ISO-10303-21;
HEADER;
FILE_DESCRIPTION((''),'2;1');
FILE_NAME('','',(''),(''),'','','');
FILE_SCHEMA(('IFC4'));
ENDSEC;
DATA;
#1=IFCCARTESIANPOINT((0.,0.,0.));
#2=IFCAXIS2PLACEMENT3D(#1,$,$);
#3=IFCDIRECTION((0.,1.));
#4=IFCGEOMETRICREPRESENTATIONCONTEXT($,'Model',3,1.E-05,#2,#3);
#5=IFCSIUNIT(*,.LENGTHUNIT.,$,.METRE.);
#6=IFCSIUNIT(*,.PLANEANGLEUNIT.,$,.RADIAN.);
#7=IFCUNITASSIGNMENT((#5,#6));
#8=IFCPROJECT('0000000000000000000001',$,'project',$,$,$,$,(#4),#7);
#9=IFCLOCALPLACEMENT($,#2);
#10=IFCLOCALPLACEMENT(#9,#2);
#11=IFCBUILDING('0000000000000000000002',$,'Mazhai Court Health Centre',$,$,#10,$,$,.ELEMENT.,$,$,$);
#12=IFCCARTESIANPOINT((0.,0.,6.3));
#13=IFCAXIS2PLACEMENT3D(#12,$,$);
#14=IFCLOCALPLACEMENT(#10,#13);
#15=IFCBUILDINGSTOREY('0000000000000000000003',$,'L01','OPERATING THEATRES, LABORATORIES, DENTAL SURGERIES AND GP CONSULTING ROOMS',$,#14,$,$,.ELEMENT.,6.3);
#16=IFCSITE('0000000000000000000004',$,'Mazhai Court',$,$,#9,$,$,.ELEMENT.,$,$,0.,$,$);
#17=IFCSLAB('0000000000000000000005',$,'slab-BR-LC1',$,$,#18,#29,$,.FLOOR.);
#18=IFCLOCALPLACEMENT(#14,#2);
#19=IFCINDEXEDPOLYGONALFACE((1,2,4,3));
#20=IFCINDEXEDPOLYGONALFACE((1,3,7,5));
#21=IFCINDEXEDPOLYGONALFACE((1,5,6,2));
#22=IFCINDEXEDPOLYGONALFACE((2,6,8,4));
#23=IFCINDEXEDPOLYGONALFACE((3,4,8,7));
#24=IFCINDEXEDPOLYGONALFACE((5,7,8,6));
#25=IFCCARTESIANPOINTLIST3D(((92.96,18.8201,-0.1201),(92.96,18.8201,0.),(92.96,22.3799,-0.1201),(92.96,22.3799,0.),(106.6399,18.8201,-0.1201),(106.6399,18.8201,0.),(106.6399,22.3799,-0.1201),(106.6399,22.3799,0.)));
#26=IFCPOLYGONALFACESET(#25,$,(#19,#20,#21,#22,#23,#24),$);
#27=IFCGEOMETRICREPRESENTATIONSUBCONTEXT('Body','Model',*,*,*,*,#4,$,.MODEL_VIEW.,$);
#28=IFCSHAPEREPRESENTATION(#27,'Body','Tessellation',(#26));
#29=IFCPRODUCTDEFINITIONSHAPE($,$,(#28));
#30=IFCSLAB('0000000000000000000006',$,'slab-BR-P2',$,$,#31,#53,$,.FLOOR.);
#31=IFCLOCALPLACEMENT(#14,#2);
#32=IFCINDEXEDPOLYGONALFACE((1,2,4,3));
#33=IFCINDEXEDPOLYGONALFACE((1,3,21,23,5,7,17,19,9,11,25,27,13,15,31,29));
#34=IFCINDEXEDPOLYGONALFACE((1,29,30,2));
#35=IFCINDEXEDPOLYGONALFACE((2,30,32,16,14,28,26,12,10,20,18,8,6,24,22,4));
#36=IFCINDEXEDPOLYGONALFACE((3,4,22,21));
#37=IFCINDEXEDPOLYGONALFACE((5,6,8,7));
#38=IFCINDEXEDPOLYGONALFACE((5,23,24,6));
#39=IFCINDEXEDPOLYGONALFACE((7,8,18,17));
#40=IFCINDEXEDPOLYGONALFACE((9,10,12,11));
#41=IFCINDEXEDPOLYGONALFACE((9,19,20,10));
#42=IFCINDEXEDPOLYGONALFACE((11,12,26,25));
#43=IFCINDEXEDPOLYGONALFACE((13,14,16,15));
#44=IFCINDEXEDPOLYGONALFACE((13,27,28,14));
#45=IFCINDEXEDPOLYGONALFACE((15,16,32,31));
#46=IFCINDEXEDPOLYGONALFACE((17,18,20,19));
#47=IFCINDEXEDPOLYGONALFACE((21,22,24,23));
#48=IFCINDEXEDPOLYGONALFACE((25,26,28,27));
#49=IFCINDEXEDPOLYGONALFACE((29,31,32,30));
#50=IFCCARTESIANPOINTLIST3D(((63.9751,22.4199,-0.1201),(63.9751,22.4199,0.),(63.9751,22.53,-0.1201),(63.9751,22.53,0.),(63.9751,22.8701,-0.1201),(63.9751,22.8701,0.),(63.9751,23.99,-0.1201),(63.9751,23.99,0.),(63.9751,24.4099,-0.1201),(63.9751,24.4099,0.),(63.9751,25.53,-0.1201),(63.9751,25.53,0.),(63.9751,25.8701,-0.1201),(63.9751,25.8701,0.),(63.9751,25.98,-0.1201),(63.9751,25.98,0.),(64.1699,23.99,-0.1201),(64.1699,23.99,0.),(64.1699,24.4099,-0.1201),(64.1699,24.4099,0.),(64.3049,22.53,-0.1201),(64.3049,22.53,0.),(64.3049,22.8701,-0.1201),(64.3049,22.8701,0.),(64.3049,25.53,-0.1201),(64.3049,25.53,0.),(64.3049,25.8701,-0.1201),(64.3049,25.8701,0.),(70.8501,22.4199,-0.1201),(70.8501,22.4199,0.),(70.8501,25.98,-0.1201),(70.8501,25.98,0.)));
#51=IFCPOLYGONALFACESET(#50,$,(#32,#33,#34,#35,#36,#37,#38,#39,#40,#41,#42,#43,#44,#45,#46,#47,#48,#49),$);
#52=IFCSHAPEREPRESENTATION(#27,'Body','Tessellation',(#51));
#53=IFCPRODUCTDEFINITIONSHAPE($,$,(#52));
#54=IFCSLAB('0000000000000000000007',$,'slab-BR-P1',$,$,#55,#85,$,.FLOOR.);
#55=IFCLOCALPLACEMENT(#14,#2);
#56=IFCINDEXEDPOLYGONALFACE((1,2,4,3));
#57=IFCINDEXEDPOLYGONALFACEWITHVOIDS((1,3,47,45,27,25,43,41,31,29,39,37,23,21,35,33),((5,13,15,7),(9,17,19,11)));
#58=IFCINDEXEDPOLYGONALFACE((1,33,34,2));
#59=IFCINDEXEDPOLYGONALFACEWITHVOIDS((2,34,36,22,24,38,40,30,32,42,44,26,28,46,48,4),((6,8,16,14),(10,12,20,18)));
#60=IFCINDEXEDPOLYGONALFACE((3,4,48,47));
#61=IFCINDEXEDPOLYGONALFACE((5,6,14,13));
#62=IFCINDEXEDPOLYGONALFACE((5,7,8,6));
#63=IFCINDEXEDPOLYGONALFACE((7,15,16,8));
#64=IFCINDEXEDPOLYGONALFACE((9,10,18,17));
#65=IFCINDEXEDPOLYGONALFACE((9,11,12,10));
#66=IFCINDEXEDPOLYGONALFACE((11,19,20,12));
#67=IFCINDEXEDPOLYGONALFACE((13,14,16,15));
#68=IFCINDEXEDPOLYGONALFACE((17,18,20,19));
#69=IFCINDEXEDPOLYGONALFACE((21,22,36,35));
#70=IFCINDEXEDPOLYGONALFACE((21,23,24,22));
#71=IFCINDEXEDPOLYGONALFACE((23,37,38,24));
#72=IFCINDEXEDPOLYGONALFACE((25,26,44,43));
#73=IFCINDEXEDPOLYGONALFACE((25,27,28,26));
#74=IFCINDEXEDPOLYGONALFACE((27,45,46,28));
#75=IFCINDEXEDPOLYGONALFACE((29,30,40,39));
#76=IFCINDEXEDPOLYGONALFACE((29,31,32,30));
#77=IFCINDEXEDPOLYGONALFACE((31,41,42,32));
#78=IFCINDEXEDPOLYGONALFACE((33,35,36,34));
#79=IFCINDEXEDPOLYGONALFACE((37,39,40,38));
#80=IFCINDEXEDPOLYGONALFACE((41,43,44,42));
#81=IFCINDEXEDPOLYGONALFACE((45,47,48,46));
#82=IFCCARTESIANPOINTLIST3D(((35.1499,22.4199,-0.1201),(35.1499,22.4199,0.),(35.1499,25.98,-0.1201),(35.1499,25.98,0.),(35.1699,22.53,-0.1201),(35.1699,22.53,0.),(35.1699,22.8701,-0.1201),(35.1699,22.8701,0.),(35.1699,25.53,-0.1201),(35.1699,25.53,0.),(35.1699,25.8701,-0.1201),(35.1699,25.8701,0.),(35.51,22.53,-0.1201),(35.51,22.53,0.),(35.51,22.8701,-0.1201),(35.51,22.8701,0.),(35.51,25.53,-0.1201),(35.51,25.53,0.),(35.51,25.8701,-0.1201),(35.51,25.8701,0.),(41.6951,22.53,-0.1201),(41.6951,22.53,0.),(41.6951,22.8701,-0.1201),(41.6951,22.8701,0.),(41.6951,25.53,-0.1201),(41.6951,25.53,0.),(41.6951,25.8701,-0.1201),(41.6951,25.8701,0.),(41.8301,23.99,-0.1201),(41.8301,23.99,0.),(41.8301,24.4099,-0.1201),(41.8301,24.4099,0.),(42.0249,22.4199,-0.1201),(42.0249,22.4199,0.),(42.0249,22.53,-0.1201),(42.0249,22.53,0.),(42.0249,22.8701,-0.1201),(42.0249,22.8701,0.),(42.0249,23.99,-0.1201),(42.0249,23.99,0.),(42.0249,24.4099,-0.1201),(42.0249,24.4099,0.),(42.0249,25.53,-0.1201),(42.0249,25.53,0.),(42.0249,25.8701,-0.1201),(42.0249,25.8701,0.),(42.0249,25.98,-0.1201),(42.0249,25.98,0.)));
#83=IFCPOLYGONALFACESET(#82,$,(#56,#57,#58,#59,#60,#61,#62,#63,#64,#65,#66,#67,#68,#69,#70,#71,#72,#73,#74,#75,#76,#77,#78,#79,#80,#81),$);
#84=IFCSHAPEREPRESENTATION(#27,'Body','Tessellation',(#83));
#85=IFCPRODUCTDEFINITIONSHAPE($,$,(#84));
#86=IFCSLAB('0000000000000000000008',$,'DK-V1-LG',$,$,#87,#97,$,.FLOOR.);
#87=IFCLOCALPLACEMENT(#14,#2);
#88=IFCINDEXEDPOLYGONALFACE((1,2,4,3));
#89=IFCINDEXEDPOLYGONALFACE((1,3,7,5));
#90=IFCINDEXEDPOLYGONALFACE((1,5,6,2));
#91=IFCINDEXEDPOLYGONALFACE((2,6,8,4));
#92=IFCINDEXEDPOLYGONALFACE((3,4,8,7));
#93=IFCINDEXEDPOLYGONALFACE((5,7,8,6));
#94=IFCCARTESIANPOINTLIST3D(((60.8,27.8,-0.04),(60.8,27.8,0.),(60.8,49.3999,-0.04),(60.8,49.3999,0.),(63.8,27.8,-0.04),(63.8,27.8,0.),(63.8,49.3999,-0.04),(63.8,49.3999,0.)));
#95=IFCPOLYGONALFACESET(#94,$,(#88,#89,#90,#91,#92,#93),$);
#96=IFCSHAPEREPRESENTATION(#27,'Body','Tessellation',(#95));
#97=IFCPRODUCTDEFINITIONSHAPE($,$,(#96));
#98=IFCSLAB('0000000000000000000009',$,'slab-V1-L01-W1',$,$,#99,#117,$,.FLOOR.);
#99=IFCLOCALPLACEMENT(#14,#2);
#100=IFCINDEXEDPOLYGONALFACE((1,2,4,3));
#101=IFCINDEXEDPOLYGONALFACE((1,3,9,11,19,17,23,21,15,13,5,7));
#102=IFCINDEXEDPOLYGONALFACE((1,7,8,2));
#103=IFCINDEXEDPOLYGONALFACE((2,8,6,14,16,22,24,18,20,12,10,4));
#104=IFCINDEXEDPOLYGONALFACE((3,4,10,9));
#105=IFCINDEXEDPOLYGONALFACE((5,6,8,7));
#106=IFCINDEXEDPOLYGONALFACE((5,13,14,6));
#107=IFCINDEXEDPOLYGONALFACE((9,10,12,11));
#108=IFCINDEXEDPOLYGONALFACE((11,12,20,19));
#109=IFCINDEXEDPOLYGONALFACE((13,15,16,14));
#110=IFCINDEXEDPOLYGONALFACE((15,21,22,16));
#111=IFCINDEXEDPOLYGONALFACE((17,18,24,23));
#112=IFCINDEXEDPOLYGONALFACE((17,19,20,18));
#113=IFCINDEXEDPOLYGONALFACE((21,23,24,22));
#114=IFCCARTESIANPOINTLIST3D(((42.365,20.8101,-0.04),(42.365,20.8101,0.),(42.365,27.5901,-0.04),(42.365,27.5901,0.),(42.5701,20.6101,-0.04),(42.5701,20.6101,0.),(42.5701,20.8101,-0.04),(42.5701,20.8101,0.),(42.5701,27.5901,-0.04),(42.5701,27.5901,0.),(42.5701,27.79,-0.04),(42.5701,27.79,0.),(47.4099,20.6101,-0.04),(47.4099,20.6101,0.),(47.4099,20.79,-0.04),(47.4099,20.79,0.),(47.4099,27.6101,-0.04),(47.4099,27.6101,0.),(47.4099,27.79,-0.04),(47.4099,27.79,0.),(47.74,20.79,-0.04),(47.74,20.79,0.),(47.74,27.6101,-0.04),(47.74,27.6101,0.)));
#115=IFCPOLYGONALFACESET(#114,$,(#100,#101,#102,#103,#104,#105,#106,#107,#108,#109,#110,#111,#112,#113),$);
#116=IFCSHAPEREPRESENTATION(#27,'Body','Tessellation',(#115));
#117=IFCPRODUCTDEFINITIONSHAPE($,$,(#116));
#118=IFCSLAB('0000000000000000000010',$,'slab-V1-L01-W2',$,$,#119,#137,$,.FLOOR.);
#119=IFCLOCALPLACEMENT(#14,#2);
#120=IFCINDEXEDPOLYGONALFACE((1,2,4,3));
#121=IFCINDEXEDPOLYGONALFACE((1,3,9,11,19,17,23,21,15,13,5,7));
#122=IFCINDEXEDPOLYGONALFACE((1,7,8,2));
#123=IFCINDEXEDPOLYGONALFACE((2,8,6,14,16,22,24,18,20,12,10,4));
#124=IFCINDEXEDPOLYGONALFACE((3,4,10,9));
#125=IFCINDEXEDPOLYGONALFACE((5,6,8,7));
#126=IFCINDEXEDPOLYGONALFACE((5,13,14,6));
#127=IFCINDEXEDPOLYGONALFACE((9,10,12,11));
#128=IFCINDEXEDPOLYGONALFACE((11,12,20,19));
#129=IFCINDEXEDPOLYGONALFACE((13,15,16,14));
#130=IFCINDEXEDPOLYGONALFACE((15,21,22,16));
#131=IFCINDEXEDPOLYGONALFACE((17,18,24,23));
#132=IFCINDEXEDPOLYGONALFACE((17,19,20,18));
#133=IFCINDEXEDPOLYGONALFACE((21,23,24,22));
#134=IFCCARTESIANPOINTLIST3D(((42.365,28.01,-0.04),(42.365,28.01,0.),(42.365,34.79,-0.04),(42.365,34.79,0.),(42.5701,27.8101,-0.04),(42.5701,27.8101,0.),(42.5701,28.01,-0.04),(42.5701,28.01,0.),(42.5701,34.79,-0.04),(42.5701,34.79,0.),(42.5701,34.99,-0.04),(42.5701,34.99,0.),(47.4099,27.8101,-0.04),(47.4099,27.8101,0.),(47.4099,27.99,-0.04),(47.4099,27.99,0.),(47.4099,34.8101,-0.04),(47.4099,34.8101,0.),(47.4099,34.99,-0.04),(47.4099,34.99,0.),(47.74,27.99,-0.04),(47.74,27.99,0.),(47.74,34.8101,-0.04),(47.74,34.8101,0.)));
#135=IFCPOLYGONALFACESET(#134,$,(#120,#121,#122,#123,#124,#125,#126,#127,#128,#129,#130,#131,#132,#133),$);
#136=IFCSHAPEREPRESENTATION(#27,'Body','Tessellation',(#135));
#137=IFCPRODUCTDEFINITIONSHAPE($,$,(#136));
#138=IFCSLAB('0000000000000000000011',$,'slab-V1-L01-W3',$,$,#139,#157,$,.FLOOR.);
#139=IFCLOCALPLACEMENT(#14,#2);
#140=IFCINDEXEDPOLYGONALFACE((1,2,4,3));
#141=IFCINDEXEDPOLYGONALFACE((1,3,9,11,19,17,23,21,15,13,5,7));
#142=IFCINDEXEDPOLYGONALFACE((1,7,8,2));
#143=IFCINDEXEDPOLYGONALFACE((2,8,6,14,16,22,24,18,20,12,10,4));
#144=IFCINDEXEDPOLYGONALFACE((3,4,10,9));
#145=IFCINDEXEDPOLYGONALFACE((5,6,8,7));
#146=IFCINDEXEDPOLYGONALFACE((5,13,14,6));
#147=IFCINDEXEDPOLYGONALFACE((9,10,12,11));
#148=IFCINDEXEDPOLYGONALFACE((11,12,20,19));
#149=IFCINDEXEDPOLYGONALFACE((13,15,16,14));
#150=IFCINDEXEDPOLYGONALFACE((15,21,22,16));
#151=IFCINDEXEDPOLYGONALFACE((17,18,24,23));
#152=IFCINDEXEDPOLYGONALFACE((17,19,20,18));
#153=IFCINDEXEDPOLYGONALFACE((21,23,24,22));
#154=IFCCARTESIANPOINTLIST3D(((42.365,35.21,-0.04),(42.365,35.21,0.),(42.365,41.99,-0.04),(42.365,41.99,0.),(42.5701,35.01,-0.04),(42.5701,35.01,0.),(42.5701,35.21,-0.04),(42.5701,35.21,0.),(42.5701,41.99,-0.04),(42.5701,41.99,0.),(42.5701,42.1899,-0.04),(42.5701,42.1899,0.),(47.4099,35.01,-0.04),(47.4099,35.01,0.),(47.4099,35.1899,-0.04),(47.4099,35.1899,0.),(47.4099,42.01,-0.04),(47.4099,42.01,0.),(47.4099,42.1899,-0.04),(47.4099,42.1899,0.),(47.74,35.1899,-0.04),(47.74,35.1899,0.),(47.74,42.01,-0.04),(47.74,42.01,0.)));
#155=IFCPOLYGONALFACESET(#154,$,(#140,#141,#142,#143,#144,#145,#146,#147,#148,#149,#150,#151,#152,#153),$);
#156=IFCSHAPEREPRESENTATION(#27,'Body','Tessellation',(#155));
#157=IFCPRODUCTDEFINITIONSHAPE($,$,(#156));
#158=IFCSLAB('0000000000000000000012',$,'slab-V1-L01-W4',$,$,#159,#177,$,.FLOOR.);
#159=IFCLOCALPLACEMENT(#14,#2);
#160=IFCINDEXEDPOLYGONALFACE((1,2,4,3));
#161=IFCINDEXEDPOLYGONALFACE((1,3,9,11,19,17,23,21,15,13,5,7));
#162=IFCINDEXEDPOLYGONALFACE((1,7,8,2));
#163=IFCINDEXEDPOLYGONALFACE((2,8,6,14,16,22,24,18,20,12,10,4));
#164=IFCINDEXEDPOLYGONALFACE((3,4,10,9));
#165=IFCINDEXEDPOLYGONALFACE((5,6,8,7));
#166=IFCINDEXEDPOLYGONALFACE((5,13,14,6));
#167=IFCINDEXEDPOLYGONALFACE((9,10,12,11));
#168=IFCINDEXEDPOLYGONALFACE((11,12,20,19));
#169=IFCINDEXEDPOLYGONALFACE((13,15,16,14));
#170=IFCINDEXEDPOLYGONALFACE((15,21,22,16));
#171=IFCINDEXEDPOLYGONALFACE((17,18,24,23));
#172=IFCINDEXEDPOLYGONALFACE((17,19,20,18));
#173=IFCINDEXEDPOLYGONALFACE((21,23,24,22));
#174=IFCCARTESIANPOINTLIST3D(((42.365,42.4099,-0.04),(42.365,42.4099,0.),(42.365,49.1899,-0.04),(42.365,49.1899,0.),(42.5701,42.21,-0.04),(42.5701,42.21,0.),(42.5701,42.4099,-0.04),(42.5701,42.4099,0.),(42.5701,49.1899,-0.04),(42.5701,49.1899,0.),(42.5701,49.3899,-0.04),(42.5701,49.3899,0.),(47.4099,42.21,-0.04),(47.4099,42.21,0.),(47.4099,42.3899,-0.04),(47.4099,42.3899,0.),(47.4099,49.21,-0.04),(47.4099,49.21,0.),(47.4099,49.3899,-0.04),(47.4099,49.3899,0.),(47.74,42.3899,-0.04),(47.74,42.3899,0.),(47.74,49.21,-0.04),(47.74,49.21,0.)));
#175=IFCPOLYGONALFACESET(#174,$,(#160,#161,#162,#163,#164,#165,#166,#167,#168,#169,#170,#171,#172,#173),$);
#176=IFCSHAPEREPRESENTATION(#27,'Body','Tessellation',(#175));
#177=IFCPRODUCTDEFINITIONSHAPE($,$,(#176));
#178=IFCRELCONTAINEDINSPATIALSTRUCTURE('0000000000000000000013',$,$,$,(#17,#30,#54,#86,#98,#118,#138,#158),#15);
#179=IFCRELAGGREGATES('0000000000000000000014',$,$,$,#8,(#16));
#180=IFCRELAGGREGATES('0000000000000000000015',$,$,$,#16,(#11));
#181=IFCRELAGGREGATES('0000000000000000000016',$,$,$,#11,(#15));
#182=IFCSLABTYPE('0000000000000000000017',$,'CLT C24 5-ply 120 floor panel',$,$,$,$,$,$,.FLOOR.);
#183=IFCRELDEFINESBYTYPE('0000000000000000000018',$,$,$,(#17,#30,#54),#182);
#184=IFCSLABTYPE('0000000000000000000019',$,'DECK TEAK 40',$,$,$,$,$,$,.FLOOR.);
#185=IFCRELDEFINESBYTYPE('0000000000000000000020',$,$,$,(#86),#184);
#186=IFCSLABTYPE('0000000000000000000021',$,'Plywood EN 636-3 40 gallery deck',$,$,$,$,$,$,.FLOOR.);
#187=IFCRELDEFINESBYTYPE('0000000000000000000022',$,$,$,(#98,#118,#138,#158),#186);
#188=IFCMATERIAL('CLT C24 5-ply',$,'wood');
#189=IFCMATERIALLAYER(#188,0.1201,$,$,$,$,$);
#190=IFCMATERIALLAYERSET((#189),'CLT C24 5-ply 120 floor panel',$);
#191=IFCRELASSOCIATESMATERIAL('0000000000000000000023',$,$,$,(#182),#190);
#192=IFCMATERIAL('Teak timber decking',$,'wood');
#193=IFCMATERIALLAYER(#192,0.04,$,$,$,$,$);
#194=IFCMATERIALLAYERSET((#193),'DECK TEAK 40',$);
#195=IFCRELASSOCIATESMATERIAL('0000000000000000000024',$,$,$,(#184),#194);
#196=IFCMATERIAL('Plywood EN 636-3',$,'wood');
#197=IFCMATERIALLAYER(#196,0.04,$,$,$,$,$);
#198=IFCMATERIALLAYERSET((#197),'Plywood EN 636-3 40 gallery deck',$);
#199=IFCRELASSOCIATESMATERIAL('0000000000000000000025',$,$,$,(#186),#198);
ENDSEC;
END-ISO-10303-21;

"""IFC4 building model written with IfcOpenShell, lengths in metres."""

from ifc_helpers import new_model, si_unit, direction, frame, origin, place, context, subcontext, project, spatial, polyline, outline, extrude, material, layer, layer_set, type_object, element, save


model = new_model("IFC4")

# Units and contexts
model_context = context("Model", 3, precision=1e-05, world=origin(), true_north=direction((0.0, 1.0)))
body_context = subcontext(model_context, "Body", "Model", "MODEL_VIEW")
ifc_project = project(units=[si_unit("LENGTHUNIT", "METRE"), si_unit("PLANEANGLEUNIT", "RADIAN")], contexts=[model_context])

# Site, building, storey
site_placement = place(None, origin())
site = spatial("IfcSite", under=ifc_project, at=site_placement, Name="Mazhai Court", CompositionType="ELEMENT", RefElevation=0.0)
building_placement = place(site_placement, origin())
building = spatial("IfcBuilding", under=site, at=building_placement, Name="Mazhai Court Health Centre", CompositionType="ELEMENT")
storey_placement = place(building_placement, frame((0.0, 0.0, 6.3)))
storey = spatial("IfcBuildingStorey", under=building, at=storey_placement, Name="L01", Description="OPERATING THEATRES, LABORATORIES, DENTAL SURGERIES AND GP CONSULTING ROOMS", CompositionType="ELEMENT", Elevation=6.3)

# Slabs
ifc_material_1 = material(Name="CLT C24 5-ply", Category="wood")
ifc_layer_1 = layer(ifc_material_1, 0.1201)
ifc_layer_set_1 = layer_set([ifc_layer_1], Name="CLT C24 5-ply 120 floor panel")
slab_type_1 = type_object("IfcSlabType", Name="CLT C24 5-ply 120 floor panel", PredefinedType="FLOOR", material=ifc_layer_set_1)
slab_1_placement = place(storey_placement, frame((0.0, 0.0, -0.1201)))
element("IfcSlab", 1, at=slab_1_placement, inside=storey, type_object=slab_type_1, Name="slab-BR-LC1", PredefinedType="FLOOR", context=body_context, shape_type="SweptSolid", body=[
    extrude(outline(polyline([(92.96, 18.8201), (106.6399, 18.8201), (106.6399, 22.3799), (92.96, 22.3799), (92.96, 18.8201)])), origin(), (0.0, 0.0, 1.0), 0.1201),
])
slab_2_placement = place(storey_placement, frame((0.0, 0.0, -0.1201)))
element("IfcSlab", 2, at=slab_2_placement, inside=storey, type_object=slab_type_1, Name="slab-BR-P2", PredefinedType="FLOOR", context=body_context, shape_type="SweptSolid", body=[
    extrude(outline(polyline([(70.8501, 25.98), (63.9751, 25.98), (63.9751, 25.8701), (64.3049, 25.8701), (64.3049, 25.53), (63.9751, 25.53), (63.9751, 24.4099), (64.1699, 24.4099), (64.1699, 23.99), (63.9751, 23.99), (63.9751, 22.8701), (64.3049, 22.8701), (64.3049, 22.53), (63.9751, 22.53), (63.9751, 22.4199), (70.8501, 22.4199), (70.8501, 25.98)])), origin(), (0.0, 0.0, 1.0), 0.1201),
])
slab_3_placement = place(storey_placement, frame((0.0, 0.0, -0.1201)))
element("IfcSlab", 3, at=slab_3_placement, inside=storey, type_object=slab_type_1, Name="slab-BR-P1", PredefinedType="FLOOR", context=body_context, shape_type="SweptSolid", body=[
    extrude(outline(polyline([(35.1499, 22.4199), (42.0249, 22.4199), (42.0249, 22.53), (41.6951, 22.53), (41.6951, 22.8701), (42.0249, 22.8701), (42.0249, 23.99), (41.8301, 23.99), (41.8301, 24.4099), (42.0249, 24.4099), (42.0249, 25.53), (41.6951, 25.53), (41.6951, 25.8701), (42.0249, 25.8701), (42.0249, 25.98), (35.1499, 25.98), (35.1499, 22.4199)]), holes=[polyline([(35.1699, 22.53), (35.51, 22.53), (35.51, 22.8701), (35.1699, 22.8701), (35.1699, 22.53)]), polyline([(35.1699, 25.53), (35.51, 25.53), (35.51, 25.8701), (35.1699, 25.8701), (35.1699, 25.53)])]), origin(), (0.0, 0.0, 1.0), 0.1201),
])
ifc_material_2 = material(Name="Teak timber decking", Category="wood")
ifc_layer_2 = layer(ifc_material_2, 0.04)
ifc_layer_set_2 = layer_set([ifc_layer_2], Name="DECK TEAK 40")
slab_type_2 = type_object("IfcSlabType", Name="DECK TEAK 40", PredefinedType="FLOOR", material=ifc_layer_set_2)
slab_4_placement = place(storey_placement, frame((0.0, 0.0, -0.04)))
element("IfcSlab", 4, at=slab_4_placement, inside=storey, type_object=slab_type_2, Name="DK-V1-LG", PredefinedType="FLOOR", context=body_context, shape_type="SweptSolid", body=[
    extrude(outline(polyline([(60.8, 27.8), (63.8, 27.8), (63.8, 49.3999), (60.8, 49.3999), (60.8, 27.8)])), origin(), (0.0, 0.0, 1.0), 0.04),
])
ifc_material_3 = material(Name="Plywood EN 636-3", Category="wood")
ifc_layer_3 = layer(ifc_material_3, 0.04)
ifc_layer_set_3 = layer_set([ifc_layer_3], Name="Plywood EN 636-3 40 gallery deck")
slab_type_3 = type_object("IfcSlabType", Name="Plywood EN 636-3 40 gallery deck", PredefinedType="FLOOR", material=ifc_layer_set_3)
slab_5_placement = place(storey_placement, frame((0.0, 0.0, -0.04)))
element("IfcSlab", 5, at=slab_5_placement, inside=storey, type_object=slab_type_3, Name="slab-V1-L01-W1", PredefinedType="FLOOR", context=body_context, shape_type="SweptSolid", body=[
    extrude(outline(polyline([(47.74, 20.79), (47.74, 27.6101), (47.4099, 27.6101), (47.4099, 27.79), (42.5701, 27.79), (42.5701, 27.5901), (42.365, 27.5901), (42.365, 20.8101), (42.5701, 20.8101), (42.5701, 20.6101), (47.4099, 20.6101), (47.4099, 20.79), (47.74, 20.79)])), origin(), (0.0, 0.0, 1.0), 0.04),
])
slab_6_placement = place(storey_placement, frame((0.0, 0.0, -0.04)))
element("IfcSlab", 6, at=slab_6_placement, inside=storey, type_object=slab_type_3, Name="slab-V1-L01-W2", PredefinedType="FLOOR", context=body_context, shape_type="SweptSolid", body=[
    extrude(outline(polyline([(47.74, 27.99), (47.74, 34.8101), (47.4099, 34.8101), (47.4099, 34.99), (42.5701, 34.99), (42.5701, 34.79), (42.365, 34.79), (42.365, 28.01), (42.5701, 28.01), (42.5701, 27.8101), (47.4099, 27.8101), (47.4099, 27.99), (47.74, 27.99)])), origin(), (0.0, 0.0, 1.0), 0.04),
])
slab_7_placement = place(storey_placement, frame((0.0, 0.0, -0.04)))
element("IfcSlab", 7, at=slab_7_placement, inside=storey, type_object=slab_type_3, Name="slab-V1-L01-W3", PredefinedType="FLOOR", context=body_context, shape_type="SweptSolid", body=[
    extrude(outline(polyline([(47.74, 35.1899), (47.74, 42.01), (47.4099, 42.01), (47.4099, 42.1899), (42.5701, 42.1899), (42.5701, 41.99), (42.365, 41.99), (42.365, 35.21), (42.5701, 35.21), (42.5701, 35.01), (47.4099, 35.01), (47.4099, 35.1899), (47.74, 35.1899)])), origin(), (0.0, 0.0, 1.0), 0.04),
])
slab_8_placement = place(storey_placement, frame((0.0, 0.0, -0.04)))
element("IfcSlab", 8, at=slab_8_placement, inside=storey, type_object=slab_type_3, Name="slab-V1-L01-W4", PredefinedType="FLOOR", context=body_context, shape_type="SweptSolid", body=[
    extrude(outline(polyline([(47.74, 42.3899), (47.74, 49.21), (47.4099, 49.21), (47.4099, 49.3899), (42.5701, 49.3899), (42.5701, 49.1899), (42.365, 49.1899), (42.365, 42.4099), (42.5701, 42.4099), (42.5701, 42.21), (47.4099, 42.21), (47.4099, 42.3899), (47.74, 42.3899)])), origin(), (0.0, 0.0, 1.0), 0.04),
])

save(model, "model.ifc")
